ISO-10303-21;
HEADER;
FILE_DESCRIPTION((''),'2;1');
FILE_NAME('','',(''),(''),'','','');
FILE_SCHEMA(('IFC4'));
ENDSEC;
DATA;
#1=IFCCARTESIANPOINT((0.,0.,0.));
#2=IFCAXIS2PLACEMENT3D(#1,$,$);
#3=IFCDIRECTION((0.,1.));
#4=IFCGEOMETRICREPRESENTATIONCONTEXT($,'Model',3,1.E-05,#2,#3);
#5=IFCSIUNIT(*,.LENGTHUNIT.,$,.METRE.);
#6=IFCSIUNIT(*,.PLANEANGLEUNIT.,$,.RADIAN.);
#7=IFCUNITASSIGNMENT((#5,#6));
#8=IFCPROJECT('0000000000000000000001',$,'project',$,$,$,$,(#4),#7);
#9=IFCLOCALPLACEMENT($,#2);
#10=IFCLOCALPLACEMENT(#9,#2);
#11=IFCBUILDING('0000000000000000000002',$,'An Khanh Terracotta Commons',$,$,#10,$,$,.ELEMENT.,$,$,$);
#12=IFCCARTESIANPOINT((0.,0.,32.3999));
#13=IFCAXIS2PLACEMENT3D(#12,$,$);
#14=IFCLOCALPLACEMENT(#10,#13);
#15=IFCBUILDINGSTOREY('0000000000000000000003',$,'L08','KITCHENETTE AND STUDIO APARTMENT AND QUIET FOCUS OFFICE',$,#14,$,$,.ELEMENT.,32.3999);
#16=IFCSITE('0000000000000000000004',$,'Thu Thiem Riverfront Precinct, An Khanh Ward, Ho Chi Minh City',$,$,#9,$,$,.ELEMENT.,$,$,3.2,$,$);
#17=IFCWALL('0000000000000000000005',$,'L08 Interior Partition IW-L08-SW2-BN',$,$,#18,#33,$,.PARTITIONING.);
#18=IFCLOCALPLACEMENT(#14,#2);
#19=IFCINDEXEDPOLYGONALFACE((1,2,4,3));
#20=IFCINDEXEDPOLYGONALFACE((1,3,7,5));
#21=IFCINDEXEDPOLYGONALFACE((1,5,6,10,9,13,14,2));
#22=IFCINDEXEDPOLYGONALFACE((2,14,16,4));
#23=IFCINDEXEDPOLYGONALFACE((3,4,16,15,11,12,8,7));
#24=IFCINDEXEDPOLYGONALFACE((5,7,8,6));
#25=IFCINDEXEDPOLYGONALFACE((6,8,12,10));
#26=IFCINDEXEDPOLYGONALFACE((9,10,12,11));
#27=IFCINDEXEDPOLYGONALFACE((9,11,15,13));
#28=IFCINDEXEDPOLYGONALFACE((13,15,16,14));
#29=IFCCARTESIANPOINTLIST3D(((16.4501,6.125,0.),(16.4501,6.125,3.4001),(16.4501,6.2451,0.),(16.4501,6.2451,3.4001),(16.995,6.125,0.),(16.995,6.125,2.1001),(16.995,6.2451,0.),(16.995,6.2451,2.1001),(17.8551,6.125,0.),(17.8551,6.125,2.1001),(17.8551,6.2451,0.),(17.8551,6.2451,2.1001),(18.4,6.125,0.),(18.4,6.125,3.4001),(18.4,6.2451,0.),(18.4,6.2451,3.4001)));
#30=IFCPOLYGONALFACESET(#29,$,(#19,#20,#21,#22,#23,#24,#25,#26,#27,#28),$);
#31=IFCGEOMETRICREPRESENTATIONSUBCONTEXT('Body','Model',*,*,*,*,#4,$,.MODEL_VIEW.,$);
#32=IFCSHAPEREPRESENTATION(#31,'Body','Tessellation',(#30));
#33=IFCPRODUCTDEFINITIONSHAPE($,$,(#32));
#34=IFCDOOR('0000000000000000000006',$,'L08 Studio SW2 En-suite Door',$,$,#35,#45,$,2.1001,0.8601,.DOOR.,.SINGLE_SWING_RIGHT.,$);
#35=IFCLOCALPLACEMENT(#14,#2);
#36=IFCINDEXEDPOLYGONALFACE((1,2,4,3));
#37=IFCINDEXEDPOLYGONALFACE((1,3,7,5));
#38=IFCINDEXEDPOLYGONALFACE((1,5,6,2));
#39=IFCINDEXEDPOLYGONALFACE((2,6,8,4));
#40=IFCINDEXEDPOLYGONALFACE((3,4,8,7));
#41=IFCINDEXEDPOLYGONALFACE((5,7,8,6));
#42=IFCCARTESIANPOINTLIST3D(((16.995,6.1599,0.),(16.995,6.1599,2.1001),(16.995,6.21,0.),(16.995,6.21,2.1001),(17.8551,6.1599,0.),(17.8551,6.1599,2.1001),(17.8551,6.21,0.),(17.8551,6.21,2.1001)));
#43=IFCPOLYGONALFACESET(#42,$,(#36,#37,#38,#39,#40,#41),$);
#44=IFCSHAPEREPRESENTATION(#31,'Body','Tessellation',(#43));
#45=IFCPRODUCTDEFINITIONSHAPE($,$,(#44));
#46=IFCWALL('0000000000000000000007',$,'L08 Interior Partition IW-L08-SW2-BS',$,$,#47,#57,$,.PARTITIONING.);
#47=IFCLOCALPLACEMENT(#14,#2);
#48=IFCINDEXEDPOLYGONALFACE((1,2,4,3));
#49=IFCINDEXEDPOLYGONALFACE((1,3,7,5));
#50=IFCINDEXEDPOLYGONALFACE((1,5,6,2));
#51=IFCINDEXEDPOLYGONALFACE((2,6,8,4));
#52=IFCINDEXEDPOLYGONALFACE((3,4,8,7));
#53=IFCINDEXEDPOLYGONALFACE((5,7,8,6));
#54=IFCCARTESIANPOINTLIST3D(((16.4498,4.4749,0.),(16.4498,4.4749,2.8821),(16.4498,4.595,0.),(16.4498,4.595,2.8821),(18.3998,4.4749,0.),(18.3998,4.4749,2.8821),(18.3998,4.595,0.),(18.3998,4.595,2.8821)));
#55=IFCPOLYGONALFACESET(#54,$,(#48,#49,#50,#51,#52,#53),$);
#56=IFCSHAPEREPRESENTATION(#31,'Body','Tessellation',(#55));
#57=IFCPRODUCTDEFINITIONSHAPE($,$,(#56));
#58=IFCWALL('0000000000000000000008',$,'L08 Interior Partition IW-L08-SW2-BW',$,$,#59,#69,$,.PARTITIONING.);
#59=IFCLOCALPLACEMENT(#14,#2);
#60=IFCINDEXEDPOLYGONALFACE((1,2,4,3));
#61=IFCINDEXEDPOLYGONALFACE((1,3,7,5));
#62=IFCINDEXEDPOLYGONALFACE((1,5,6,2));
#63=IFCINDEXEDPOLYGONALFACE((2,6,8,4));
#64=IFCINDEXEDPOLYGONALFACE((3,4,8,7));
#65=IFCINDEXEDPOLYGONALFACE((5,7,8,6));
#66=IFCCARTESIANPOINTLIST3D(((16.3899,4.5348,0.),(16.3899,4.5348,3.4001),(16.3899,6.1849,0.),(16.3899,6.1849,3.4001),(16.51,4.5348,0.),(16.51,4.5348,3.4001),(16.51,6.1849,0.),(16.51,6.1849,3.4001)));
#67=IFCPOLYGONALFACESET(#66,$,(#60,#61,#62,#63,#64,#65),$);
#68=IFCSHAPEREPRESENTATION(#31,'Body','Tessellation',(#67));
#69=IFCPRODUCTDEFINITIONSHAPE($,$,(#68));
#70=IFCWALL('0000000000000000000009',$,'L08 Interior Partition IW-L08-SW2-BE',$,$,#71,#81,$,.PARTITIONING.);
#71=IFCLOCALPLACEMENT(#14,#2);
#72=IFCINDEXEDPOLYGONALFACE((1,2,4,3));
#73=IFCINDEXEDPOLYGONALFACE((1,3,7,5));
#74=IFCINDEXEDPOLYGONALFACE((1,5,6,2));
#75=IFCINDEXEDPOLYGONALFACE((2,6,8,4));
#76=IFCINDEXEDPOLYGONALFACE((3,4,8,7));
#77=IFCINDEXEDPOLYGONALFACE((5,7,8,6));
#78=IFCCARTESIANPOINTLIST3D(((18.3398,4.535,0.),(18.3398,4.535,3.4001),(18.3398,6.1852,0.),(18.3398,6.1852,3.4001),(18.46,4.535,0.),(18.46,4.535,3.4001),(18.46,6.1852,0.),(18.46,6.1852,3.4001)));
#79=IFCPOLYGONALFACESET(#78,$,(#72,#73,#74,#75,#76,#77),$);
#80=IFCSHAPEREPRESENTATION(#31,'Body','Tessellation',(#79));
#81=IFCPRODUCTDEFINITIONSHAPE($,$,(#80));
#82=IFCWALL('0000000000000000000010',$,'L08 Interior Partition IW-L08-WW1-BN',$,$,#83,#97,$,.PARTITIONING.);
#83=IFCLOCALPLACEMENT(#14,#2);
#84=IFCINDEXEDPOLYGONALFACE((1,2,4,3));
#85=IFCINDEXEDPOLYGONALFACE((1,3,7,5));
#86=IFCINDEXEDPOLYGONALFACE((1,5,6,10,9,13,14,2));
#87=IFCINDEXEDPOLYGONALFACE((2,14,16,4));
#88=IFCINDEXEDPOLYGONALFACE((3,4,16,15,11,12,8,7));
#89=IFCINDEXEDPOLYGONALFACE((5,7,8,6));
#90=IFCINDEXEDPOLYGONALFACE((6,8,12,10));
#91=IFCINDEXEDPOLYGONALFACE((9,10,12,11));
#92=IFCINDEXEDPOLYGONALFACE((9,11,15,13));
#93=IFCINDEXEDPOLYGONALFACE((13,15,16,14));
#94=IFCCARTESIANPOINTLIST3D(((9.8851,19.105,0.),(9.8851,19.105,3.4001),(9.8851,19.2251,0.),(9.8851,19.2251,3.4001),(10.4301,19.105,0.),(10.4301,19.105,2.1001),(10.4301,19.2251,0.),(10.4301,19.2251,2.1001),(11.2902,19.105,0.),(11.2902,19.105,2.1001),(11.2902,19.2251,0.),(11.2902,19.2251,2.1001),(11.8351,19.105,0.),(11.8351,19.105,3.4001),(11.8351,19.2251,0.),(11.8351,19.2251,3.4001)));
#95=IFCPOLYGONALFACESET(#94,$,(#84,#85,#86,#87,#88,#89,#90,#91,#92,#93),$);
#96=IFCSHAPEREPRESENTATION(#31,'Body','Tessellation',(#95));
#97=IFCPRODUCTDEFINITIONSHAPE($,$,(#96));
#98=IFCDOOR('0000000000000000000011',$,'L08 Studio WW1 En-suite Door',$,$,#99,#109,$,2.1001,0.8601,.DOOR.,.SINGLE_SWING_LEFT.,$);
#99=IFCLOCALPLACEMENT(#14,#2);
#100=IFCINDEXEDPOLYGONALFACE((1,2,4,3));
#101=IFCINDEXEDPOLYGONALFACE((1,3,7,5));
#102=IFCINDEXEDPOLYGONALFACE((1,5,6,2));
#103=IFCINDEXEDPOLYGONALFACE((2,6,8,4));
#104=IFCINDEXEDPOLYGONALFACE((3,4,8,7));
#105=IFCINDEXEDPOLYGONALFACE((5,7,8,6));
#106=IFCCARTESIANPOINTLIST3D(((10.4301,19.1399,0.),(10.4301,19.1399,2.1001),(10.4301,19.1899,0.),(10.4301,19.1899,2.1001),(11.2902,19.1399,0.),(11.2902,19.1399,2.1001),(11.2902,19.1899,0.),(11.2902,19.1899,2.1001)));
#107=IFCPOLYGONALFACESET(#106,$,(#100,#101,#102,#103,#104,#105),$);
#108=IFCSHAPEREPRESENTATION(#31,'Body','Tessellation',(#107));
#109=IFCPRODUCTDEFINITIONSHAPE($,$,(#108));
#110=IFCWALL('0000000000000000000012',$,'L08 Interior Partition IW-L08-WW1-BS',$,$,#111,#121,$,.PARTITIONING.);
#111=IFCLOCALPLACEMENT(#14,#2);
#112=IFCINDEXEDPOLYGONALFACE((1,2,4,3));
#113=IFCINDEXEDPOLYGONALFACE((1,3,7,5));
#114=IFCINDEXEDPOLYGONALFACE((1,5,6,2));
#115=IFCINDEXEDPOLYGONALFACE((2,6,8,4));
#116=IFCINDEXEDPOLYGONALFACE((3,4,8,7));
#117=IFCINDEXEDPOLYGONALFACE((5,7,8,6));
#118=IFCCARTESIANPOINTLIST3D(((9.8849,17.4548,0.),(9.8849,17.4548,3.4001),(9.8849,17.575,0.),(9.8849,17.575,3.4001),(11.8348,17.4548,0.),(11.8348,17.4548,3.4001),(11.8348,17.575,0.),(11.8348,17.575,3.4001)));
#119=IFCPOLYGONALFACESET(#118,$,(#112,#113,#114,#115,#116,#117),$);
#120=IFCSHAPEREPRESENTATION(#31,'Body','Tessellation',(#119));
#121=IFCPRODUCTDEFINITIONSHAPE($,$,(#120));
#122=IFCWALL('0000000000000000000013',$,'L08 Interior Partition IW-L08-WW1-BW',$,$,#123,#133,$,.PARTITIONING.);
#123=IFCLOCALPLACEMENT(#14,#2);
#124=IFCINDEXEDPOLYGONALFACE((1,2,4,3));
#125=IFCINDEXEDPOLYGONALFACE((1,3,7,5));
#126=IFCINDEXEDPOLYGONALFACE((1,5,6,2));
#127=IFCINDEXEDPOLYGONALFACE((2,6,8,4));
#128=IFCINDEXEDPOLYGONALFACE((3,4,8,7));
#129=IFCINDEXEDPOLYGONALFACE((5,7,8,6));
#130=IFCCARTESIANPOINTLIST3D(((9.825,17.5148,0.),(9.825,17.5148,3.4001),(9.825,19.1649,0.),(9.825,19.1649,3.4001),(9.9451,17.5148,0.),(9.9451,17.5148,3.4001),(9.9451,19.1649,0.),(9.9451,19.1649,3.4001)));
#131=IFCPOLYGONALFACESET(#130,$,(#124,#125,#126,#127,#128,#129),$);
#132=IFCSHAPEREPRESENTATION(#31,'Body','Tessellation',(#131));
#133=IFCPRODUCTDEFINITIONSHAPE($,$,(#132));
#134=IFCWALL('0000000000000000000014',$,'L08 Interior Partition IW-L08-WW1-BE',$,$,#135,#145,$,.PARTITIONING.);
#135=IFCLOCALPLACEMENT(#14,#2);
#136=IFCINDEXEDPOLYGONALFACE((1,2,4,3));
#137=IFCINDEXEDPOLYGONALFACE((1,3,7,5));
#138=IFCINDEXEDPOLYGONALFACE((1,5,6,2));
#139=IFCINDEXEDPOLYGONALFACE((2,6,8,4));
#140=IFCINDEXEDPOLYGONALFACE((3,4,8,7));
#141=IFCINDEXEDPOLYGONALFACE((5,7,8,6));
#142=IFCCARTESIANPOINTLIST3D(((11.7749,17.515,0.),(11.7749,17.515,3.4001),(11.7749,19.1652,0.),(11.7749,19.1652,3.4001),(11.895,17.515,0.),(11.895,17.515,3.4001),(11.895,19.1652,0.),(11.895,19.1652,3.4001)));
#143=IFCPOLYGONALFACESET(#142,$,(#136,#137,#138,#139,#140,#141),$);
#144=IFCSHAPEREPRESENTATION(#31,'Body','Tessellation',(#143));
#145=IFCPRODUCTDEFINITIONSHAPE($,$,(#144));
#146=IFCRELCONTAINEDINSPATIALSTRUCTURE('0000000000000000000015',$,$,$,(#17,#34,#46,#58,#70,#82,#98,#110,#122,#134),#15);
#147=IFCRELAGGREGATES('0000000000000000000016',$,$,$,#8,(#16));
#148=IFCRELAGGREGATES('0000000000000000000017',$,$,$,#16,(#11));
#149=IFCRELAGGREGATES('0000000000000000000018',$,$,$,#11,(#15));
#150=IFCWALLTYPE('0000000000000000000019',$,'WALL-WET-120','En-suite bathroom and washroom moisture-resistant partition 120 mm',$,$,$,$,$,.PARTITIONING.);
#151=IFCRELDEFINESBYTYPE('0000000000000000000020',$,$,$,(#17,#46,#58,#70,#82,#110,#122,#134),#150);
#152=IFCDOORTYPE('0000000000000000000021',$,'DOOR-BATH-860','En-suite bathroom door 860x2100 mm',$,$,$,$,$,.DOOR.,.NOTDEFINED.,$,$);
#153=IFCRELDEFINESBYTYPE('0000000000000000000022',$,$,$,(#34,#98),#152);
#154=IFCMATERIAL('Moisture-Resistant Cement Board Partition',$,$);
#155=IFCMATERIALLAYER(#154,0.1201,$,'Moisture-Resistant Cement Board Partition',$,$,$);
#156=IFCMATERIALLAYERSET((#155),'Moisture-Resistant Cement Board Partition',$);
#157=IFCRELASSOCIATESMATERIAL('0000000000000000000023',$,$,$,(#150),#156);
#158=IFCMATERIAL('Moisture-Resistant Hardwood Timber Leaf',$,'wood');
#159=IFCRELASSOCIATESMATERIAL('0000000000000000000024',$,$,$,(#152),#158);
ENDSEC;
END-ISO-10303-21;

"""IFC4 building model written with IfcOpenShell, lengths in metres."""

from ifc_helpers import new_model, si_unit, direction, frame, frame_2d, origin, place, context, subcontext, project, spatial, rectangle, extrude, material, layer, layer_set, type_object, element, fill, save


model = new_model("IFC4")

# Units and contexts
model_context = context("Model", 3, precision=1e-05, world=origin(), true_north=direction((0.0, 1.0)))
body_context = subcontext(model_context, "Body", "Model", "MODEL_VIEW")
ifc_project = project(units=[si_unit("LENGTHUNIT", "METRE"), si_unit("PLANEANGLEUNIT", "RADIAN")], contexts=[model_context])

# Site, building, storey
site_placement = place(None, origin())
site = spatial("IfcSite", under=ifc_project, at=site_placement, Name="Thu Thiem Riverfront Precinct, An Khanh Ward, Ho Chi Minh City", CompositionType="ELEMENT", RefElevation=3.2)
building_placement = place(site_placement, origin())
building = spatial("IfcBuilding", under=site, at=building_placement, Name="An Khanh Terracotta Commons", CompositionType="ELEMENT")
storey_placement = place(building_placement, frame((0.0, 0.0, 32.3999)))
storey = spatial("IfcBuildingStorey", under=building, at=storey_placement, Name="L08", Description="KITCHENETTE AND STUDIO APARTMENT AND QUIET FOCUS OFFICE", CompositionType="ELEMENT", Elevation=32.3999)

# Shared definitions
ifc_material_1 = material(Name="Moisture-Resistant Cement Board Partition")
ifc_layer_1 = layer(ifc_material_1, 0.1201, Name="Moisture-Resistant Cement Board Partition")
ifc_layer_set_1 = layer_set([ifc_layer_1], Name="Moisture-Resistant Cement Board Partition")
wall_type_1 = type_object("IfcWallType", Name="WALL-WET-120", Description="En-suite bathroom and washroom moisture-resistant partition 120 mm", PredefinedType="PARTITIONING", material=ifc_layer_set_1)

# Wall, opening, door
wall_1_placement = place(storey_placement, frame((16.45, 6.1851, 0.0), z_axis=(0.0, 0.0, 1.0), x_axis=(1.0, 0.0, 0.0)))
wall_1 = element("IfcWall", 1, at=wall_1_placement, inside=storey, type_object=wall_type_1, Name="L08 Interior Partition IW-L08-SW2-BN", PredefinedType="PARTITIONING", context=body_context, shape_type="SweptSolid", body=[
    extrude(rectangle(XDim=1.95, YDim=0.1201, at=frame_2d((0.9751, 0.0))), origin(), (0.0, 0.0, 1.0), 3.4001),
])
opening_1_placement = place(wall_1_placement, frame((0.5449, 0.0, 0.0)))
opening_1 = element("IfcOpeningElement", 2, at=opening_1_placement, cuts=wall_1, PredefinedType="OPENING", context=body_context, shape_type="SweptSolid", body=[
    extrude(rectangle(XDim=0.8601, YDim=2.1001, at=frame_2d((0.4302, 1.05))), frame((0.0, 0.0701, 0.0), z_axis=(0.0, -1.0, 0.0), x_axis=(1.0, 0.0, 0.0)), (0.0, 0.0, 1.0), 0.1401),
])
ifc_material_2 = material(Name="Moisture-Resistant Hardwood Timber Leaf", Category="wood")
door_type_1 = type_object("IfcDoorType", Name="DOOR-BATH-860", Description="En-suite bathroom door 860x2100 mm", OperationType="NOTDEFINED", PredefinedType="DOOR", material=ifc_material_2)
door_1_placement = place(opening_1_placement, origin())
door_1 = element("IfcDoor", 3, at=door_1_placement, inside=storey, type_object=door_type_1, Name="L08 Studio SW2 En-suite Door", OperationType="SINGLE_SWING_RIGHT", OverallHeight=2.1001, OverallWidth=0.8601, PredefinedType="DOOR", context=body_context, shape_type="SweptSolid", body=[
    extrude(rectangle(XDim=0.8601, YDim=2.1001, at=frame_2d((0.4302, 1.05))), frame((0.0, 0.0249, 0.0), z_axis=(0.0, -1.0, 0.0), x_axis=(1.0, 0.0, 0.0)), (0.0, 0.0, 1.0), 0.05),
])
fill(opening_1, door_1)

# Walls
wall_2_placement = place(storey_placement, frame((18.3999, 4.5349, 0.0), z_axis=(0.0, 0.0, 1.0), x_axis=(-1.0, 0.0, 0.0)))
element("IfcWall", 4, at=wall_2_placement, inside=storey, type_object=wall_type_1, Name="L08 Interior Partition IW-L08-SW2-BS", PredefinedType="PARTITIONING", context=body_context, shape_type="SweptSolid", body=[
    extrude(rectangle(XDim=1.95, YDim=0.1201, at=frame_2d((0.9751, 0.0))), origin(), (0.0, 0.0, 1.0), 2.8821),
])
for number, where, z_axis, x_axis, name in (
    (5, (16.45, 6.1851, 0.0), (0.0, 0.0, 1.0), (0.0, -1.0, 0.0), "L08 Interior Partition IW-L08-SW2-BW"),
    (6, (18.3999, 4.5349, 0.0), (0.0, 0.0, 1.0), (0.0, 1.0, 0.0), "L08 Interior Partition IW-L08-SW2-BE"),
):
    element("IfcWall", number, at=place(storey_placement, frame(where, z_axis=z_axis, x_axis=x_axis)), inside=storey, type_object=wall_type_1, Name=name, PredefinedType="PARTITIONING", context=body_context, shape_type="SweptSolid", body=[
        extrude(rectangle(XDim=1.6501, YDim=0.1201, at=frame_2d((0.8252, 0.0))), origin(), (0.0, 0.0, 1.0), 3.4001),
    ])

# Wall, opening, door
wall_3_placement = place(storey_placement, frame((9.885, 19.165, 0.0), z_axis=(0.0, 0.0, 1.0), x_axis=(1.0, 0.0, 0.0)))
wall_3 = element("IfcWall", 7, at=wall_3_placement, inside=storey, type_object=wall_type_1, Name="L08 Interior Partition IW-L08-WW1-BN", PredefinedType="PARTITIONING", context=body_context, shape_type="SweptSolid", body=[
    extrude(rectangle(XDim=1.95, YDim=0.1201, at=frame_2d((0.9751, 0.0))), origin(), (0.0, 0.0, 1.0), 3.4001),
])
opening_2_placement = place(wall_3_placement, frame((0.5449, 0.0, 0.0)))
opening_2 = element("IfcOpeningElement", 8, at=opening_2_placement, cuts=wall_3, PredefinedType="OPENING", context=body_context, shape_type="SweptSolid", body=[
    extrude(rectangle(XDim=0.8601, YDim=2.1001, at=frame_2d((0.4302, 1.05))), frame((0.0, 0.0701, 0.0), z_axis=(0.0, -1.0, 0.0), x_axis=(1.0, 0.0, 0.0)), (0.0, 0.0, 1.0), 0.1401),
])
door_2_placement = place(opening_2_placement, origin())
door_2 = element("IfcDoor", 9, at=door_2_placement, inside=storey, type_object=door_type_1, Name="L08 Studio WW1 En-suite Door", OperationType="SINGLE_SWING_LEFT", OverallHeight=2.1001, OverallWidth=0.8601, PredefinedType="DOOR", context=body_context, shape_type="SweptSolid", body=[
    extrude(rectangle(XDim=0.8601, YDim=2.1001, at=frame_2d((0.4302, 1.05))), frame((0.0, 0.0249, 0.0), z_axis=(0.0, -1.0, 0.0), x_axis=(1.0, 0.0, 0.0)), (0.0, 0.0, 1.0), 0.05),
])
fill(opening_2, door_2)

# Walls
wall_4_placement = place(storey_placement, frame((11.835, 17.5149, 0.0), z_axis=(0.0, 0.0, 1.0), x_axis=(-1.0, 0.0, 0.0)))
element("IfcWall", 10, at=wall_4_placement, inside=storey, type_object=wall_type_1, Name="L08 Interior Partition IW-L08-WW1-BS", PredefinedType="PARTITIONING", context=body_context, shape_type="SweptSolid", body=[
    extrude(rectangle(XDim=1.95, YDim=0.1201, at=frame_2d((0.9751, 0.0))), origin(), (0.0, 0.0, 1.0), 3.4001),
])
for number, where, z_axis, x_axis, name in (
    (11, (9.885, 19.165, 0.0), (0.0, 0.0, 1.0), (0.0, -1.0, 0.0), "L08 Interior Partition IW-L08-WW1-BW"),
    (12, (11.835, 17.5149, 0.0), (0.0, 0.0, 1.0), (0.0, 1.0, 0.0), "L08 Interior Partition IW-L08-WW1-BE"),
):
    element("IfcWall", number, at=place(storey_placement, frame(where, z_axis=z_axis, x_axis=x_axis)), inside=storey, type_object=wall_type_1, Name=name, PredefinedType="PARTITIONING", context=body_context, shape_type="SweptSolid", body=[
        extrude(rectangle(XDim=1.6501, YDim=0.1201, at=frame_2d((0.8252, 0.0))), origin(), (0.0, 0.0, 1.0), 3.4001),
    ])

save(model, "model.ifc")
